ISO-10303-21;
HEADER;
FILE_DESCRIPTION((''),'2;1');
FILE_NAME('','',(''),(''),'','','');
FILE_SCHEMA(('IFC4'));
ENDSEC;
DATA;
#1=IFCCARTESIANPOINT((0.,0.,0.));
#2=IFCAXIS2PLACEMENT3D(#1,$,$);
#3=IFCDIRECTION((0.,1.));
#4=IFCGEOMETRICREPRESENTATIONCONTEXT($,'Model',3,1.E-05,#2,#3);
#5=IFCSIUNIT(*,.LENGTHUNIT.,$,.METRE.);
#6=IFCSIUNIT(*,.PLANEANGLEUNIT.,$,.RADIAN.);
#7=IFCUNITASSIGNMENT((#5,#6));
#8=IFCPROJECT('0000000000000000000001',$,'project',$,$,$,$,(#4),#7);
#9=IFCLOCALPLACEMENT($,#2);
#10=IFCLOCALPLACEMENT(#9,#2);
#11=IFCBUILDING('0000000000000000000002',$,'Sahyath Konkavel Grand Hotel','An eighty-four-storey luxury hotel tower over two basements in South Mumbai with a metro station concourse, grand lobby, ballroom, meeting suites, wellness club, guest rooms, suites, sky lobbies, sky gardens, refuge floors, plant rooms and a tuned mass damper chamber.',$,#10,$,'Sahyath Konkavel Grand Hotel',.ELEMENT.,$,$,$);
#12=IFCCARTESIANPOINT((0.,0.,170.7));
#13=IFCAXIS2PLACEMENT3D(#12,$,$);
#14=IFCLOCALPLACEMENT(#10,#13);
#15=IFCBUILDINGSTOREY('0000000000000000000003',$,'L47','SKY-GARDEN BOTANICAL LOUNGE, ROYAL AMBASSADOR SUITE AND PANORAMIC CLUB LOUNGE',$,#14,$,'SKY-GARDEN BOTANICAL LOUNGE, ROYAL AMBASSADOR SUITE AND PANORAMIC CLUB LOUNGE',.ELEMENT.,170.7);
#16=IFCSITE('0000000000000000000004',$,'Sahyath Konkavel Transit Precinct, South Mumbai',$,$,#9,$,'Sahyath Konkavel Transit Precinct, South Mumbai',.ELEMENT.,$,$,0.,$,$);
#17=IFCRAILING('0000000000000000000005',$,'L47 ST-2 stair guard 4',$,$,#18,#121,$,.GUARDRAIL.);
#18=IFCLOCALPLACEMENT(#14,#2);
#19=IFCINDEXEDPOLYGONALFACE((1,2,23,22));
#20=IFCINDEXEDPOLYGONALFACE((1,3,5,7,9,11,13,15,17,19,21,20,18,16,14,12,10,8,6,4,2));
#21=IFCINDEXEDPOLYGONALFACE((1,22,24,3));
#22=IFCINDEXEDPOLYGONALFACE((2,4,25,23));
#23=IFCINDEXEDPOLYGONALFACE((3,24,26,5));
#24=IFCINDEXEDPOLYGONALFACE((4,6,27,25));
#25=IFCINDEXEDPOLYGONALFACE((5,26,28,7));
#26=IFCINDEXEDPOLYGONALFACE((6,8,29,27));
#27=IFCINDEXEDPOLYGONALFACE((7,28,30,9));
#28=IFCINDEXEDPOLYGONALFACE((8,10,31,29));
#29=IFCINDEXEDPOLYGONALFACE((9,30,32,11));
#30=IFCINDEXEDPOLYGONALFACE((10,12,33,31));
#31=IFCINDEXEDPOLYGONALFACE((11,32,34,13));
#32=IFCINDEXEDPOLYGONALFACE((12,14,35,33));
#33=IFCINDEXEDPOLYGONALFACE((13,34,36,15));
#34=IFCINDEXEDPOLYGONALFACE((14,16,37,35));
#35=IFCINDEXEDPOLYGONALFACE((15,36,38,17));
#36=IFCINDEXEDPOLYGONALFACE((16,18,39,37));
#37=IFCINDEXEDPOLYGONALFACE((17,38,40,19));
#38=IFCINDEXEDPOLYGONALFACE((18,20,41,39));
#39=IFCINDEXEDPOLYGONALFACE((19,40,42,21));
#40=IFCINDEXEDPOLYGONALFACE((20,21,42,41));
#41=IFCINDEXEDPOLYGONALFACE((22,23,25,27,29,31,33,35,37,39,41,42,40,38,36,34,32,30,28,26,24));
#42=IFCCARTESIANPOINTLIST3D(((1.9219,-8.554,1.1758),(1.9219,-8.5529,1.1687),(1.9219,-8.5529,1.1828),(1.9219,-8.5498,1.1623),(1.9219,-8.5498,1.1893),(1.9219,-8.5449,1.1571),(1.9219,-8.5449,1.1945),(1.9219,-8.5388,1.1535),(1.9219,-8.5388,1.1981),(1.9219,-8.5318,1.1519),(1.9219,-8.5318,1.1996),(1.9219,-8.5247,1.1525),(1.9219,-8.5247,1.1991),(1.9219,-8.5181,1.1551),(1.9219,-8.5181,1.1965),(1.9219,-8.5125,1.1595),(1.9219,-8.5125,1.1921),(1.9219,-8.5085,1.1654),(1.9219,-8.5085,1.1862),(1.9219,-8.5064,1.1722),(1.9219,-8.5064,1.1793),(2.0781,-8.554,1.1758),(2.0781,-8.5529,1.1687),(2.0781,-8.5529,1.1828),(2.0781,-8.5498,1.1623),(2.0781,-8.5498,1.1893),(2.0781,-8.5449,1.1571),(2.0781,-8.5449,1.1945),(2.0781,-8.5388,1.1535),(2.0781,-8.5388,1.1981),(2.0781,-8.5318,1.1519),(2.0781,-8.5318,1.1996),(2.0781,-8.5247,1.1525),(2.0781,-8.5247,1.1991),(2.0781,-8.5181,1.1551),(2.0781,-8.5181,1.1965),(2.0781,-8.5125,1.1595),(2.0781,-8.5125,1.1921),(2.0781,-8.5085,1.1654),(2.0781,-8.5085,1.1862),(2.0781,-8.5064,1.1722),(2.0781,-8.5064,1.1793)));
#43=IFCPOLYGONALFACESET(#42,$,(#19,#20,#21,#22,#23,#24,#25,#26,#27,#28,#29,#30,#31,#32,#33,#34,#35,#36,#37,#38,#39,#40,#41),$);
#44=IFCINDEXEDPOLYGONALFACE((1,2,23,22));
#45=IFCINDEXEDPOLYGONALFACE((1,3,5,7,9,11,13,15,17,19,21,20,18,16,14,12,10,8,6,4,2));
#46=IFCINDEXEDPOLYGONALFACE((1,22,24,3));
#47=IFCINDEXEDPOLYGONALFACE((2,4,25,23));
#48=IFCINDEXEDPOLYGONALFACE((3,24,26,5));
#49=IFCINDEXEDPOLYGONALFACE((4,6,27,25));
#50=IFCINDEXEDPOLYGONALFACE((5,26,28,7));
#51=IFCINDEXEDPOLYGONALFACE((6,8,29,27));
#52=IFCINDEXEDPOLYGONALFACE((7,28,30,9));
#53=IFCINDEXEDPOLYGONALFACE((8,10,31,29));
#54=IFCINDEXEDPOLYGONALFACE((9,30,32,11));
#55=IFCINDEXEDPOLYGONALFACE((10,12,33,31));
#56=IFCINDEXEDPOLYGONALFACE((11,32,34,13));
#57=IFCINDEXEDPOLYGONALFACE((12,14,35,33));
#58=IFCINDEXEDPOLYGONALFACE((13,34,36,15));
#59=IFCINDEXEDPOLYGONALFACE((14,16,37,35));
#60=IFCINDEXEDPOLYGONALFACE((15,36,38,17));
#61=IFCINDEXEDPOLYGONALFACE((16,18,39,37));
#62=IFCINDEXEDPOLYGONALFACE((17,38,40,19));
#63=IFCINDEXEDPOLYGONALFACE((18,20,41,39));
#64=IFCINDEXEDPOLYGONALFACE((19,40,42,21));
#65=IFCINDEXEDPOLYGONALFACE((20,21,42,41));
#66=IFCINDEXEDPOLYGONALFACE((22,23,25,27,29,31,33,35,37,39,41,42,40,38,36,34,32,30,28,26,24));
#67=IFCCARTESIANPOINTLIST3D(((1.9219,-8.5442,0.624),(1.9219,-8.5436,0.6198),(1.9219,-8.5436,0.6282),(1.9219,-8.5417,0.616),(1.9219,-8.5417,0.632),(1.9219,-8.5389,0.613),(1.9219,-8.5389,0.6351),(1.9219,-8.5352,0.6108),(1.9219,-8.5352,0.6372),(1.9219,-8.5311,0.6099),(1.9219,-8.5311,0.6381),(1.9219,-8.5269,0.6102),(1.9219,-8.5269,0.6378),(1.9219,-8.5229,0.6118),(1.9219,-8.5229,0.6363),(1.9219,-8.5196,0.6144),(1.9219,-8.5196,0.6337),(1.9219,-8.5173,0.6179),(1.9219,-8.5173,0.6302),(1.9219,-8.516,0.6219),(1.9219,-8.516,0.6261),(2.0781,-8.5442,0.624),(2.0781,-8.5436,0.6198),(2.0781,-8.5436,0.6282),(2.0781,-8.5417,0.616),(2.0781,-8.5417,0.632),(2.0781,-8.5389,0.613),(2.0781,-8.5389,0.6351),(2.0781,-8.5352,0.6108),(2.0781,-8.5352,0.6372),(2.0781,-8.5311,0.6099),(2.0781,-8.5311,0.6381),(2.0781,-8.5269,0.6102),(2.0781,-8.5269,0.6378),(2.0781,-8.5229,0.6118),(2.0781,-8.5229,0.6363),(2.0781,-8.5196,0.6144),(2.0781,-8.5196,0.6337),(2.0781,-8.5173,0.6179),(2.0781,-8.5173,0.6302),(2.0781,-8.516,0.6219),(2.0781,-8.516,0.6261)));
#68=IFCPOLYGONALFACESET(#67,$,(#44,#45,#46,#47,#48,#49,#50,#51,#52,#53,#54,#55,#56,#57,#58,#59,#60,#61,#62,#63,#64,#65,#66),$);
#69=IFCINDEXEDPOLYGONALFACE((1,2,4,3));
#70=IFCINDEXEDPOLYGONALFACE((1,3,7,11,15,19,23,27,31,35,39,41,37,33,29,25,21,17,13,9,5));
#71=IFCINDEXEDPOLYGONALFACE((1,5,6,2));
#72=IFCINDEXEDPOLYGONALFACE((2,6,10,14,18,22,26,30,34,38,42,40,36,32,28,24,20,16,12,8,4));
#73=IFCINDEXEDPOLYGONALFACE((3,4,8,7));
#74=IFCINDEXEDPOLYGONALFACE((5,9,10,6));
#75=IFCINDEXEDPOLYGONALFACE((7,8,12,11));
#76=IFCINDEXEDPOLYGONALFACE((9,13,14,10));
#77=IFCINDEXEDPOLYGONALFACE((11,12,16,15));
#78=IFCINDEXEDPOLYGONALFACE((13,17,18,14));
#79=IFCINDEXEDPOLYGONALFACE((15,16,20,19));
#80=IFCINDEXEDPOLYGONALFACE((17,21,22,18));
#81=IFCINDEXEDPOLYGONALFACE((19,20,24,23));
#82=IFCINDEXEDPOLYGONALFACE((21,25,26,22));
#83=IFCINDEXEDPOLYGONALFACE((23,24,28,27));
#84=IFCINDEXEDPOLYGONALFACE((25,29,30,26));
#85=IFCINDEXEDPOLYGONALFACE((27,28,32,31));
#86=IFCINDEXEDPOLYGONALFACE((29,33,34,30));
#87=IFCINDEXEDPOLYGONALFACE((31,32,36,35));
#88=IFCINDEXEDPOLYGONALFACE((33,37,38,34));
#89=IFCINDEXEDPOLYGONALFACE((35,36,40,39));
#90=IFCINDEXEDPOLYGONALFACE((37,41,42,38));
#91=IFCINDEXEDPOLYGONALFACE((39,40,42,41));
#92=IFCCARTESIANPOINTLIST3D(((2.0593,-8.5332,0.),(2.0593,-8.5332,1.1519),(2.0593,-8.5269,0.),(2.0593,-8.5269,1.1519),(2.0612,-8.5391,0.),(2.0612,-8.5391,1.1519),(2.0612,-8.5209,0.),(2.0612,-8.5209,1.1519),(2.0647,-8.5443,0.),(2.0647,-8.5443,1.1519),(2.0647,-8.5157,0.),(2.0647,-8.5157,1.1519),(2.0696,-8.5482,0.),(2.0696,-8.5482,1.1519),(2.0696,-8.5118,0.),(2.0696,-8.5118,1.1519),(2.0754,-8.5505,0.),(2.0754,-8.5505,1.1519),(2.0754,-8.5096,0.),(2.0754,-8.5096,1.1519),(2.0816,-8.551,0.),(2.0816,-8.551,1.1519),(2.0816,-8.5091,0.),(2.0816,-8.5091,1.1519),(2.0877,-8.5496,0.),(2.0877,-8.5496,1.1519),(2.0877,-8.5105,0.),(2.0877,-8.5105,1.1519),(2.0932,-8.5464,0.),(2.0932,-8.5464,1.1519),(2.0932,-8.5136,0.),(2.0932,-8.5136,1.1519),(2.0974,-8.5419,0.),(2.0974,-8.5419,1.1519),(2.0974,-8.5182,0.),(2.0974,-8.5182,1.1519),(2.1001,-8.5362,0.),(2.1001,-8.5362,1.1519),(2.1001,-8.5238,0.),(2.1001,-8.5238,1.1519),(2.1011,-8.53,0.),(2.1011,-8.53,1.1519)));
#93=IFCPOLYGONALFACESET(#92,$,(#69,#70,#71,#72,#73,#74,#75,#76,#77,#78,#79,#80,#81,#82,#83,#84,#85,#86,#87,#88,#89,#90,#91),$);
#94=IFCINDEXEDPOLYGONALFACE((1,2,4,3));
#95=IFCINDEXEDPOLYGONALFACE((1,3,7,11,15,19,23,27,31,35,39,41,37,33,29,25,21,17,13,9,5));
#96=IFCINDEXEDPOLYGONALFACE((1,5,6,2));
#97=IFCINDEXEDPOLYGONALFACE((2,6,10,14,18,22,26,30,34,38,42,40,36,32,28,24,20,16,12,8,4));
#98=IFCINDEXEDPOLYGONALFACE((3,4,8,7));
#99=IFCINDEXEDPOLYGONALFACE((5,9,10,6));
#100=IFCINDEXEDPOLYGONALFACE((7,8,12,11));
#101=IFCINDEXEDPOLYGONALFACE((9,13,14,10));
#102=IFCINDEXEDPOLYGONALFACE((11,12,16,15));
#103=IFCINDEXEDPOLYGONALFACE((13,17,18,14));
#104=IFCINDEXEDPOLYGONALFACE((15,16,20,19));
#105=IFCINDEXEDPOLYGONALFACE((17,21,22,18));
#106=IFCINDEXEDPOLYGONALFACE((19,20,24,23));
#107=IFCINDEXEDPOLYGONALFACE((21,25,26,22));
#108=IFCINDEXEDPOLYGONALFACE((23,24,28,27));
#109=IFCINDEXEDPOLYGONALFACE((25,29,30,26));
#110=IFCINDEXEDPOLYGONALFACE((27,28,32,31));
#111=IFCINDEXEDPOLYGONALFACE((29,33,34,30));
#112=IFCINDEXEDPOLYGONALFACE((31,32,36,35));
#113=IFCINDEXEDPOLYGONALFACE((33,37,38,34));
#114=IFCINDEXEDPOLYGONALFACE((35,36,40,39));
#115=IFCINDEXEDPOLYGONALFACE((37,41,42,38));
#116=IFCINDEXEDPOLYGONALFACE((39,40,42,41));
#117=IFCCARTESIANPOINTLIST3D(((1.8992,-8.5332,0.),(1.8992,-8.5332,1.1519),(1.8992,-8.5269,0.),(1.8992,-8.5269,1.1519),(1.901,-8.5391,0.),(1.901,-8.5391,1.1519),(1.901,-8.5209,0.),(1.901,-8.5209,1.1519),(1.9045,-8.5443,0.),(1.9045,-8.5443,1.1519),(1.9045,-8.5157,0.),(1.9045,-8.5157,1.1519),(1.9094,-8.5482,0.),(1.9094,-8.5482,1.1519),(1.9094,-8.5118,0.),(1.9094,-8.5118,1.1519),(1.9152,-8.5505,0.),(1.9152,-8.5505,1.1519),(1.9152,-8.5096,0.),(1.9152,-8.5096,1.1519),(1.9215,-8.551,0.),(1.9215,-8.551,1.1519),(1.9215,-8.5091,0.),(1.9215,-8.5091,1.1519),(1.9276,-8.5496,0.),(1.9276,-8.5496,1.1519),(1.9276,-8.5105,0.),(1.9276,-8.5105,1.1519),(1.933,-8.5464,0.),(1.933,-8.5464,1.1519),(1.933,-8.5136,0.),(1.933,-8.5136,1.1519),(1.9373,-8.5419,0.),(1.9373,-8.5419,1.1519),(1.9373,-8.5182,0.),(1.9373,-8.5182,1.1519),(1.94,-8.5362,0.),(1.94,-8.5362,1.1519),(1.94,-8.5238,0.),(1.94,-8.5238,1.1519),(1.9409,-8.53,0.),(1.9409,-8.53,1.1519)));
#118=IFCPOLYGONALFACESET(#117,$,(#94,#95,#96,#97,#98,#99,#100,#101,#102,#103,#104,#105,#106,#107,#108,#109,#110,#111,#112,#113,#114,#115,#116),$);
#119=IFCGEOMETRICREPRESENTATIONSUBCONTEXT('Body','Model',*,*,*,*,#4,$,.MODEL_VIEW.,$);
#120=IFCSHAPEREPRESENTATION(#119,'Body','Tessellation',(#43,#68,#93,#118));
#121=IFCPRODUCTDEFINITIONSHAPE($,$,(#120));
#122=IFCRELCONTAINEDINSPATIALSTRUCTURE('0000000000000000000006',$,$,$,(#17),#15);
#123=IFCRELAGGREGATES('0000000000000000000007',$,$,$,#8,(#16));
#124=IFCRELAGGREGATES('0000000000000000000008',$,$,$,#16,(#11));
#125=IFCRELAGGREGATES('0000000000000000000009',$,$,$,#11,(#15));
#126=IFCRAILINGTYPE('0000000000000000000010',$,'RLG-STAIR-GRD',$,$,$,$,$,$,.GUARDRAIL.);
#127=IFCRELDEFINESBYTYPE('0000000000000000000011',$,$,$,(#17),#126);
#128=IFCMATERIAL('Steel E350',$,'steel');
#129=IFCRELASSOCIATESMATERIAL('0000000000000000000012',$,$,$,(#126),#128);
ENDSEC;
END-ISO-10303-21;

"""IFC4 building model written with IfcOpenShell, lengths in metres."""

from ifc_helpers import new_model, si_unit, direction, frame, origin, origin_2d, place, context, subcontext, project, spatial, circle, extrude, material, type_object, element, save


model = new_model("IFC4")

# Units and contexts
model_context = context("Model", 3, precision=1e-05, world=origin(), true_north=direction((0.0, 1.0)))
body_context = subcontext(model_context, "Body", "Model", "MODEL_VIEW")
ifc_project = project(units=[si_unit("LENGTHUNIT", "METRE"), si_unit("PLANEANGLEUNIT", "RADIAN")], contexts=[model_context])

# Site, building, storey
site_placement = place(None, origin())
site = spatial("IfcSite", under=ifc_project, at=site_placement, Name="Sahyath Konkavel Transit Precinct, South Mumbai", LongName="Sahyath Konkavel Transit Precinct, South Mumbai", CompositionType="ELEMENT", RefElevation=0.0)
building_placement = place(site_placement, origin())
building = spatial("IfcBuilding", under=site, at=building_placement, Name="Sahyath Konkavel Grand Hotel", Description="An eighty-four-storey luxury hotel tower over two basements in South Mumbai with a metro station concourse, grand lobby, ballroom, meeting suites, wellness club, guest rooms, suites, sky lobbies, sky gardens, refuge floors, plant rooms and a tuned mass damper chamber.", LongName="Sahyath Konkavel Grand Hotel", CompositionType="ELEMENT")
storey_placement = place(building_placement, frame((0.0, 0.0, 170.7)))
storey = spatial("IfcBuildingStorey", under=building, at=storey_placement, Name="L47", Description="SKY-GARDEN BOTANICAL LOUNGE, ROYAL AMBASSADOR SUITE AND PANORAMIC CLUB LOUNGE", LongName="SKY-GARDEN BOTANICAL LOUNGE, ROYAL AMBASSADOR SUITE AND PANORAMIC CLUB LOUNGE", CompositionType="ELEMENT", Elevation=170.7)

# Shared definitions
ifc_material_1 = material(Name="Steel E350", Category="steel")

# Railing
railing_type_1 = type_object("IfcRailingType", Name="RLG-STAIR-GRD", PredefinedType="GUARDRAIL", material=ifc_material_1)
railing_1_placement = place(storey_placement, frame((2.0801, -8.53, 0.0)))
element("IfcRailing", 1, at=railing_1_placement, inside=storey, type_object=railing_type_1, Name="L47 ST-2 stair guard 4", PredefinedType="GUARDRAIL", context=body_context, shape_type="SweptSolid", body=[
    extrude(circle(Radius=0.0239, at=origin_2d()), frame((-0.002, 0.0, 1.1758), z_axis=(-1.0, 0.0, 0.0), x_axis=(0.0, -1.0, 0.0)), (0.0, 0.0, 1.0), 0.1562),
    extrude(circle(Radius=0.0142, at=origin_2d()), frame((-0.002, 0.0, 0.624), z_axis=(-1.0, 0.0, 0.0), x_axis=(0.0, -1.0, 0.0)), (0.0, 0.0, 1.0), 0.1562),
    extrude(circle(Radius=0.021, at=origin_2d()), origin(), (0.0, 0.0, 1.0), 1.1519),
    extrude(circle(Radius=0.021, at=origin_2d()), frame((-0.1602, 0.0, 0.0)), (0.0, 0.0, 1.0), 1.1519),
])

save(model, "model.ifc")
